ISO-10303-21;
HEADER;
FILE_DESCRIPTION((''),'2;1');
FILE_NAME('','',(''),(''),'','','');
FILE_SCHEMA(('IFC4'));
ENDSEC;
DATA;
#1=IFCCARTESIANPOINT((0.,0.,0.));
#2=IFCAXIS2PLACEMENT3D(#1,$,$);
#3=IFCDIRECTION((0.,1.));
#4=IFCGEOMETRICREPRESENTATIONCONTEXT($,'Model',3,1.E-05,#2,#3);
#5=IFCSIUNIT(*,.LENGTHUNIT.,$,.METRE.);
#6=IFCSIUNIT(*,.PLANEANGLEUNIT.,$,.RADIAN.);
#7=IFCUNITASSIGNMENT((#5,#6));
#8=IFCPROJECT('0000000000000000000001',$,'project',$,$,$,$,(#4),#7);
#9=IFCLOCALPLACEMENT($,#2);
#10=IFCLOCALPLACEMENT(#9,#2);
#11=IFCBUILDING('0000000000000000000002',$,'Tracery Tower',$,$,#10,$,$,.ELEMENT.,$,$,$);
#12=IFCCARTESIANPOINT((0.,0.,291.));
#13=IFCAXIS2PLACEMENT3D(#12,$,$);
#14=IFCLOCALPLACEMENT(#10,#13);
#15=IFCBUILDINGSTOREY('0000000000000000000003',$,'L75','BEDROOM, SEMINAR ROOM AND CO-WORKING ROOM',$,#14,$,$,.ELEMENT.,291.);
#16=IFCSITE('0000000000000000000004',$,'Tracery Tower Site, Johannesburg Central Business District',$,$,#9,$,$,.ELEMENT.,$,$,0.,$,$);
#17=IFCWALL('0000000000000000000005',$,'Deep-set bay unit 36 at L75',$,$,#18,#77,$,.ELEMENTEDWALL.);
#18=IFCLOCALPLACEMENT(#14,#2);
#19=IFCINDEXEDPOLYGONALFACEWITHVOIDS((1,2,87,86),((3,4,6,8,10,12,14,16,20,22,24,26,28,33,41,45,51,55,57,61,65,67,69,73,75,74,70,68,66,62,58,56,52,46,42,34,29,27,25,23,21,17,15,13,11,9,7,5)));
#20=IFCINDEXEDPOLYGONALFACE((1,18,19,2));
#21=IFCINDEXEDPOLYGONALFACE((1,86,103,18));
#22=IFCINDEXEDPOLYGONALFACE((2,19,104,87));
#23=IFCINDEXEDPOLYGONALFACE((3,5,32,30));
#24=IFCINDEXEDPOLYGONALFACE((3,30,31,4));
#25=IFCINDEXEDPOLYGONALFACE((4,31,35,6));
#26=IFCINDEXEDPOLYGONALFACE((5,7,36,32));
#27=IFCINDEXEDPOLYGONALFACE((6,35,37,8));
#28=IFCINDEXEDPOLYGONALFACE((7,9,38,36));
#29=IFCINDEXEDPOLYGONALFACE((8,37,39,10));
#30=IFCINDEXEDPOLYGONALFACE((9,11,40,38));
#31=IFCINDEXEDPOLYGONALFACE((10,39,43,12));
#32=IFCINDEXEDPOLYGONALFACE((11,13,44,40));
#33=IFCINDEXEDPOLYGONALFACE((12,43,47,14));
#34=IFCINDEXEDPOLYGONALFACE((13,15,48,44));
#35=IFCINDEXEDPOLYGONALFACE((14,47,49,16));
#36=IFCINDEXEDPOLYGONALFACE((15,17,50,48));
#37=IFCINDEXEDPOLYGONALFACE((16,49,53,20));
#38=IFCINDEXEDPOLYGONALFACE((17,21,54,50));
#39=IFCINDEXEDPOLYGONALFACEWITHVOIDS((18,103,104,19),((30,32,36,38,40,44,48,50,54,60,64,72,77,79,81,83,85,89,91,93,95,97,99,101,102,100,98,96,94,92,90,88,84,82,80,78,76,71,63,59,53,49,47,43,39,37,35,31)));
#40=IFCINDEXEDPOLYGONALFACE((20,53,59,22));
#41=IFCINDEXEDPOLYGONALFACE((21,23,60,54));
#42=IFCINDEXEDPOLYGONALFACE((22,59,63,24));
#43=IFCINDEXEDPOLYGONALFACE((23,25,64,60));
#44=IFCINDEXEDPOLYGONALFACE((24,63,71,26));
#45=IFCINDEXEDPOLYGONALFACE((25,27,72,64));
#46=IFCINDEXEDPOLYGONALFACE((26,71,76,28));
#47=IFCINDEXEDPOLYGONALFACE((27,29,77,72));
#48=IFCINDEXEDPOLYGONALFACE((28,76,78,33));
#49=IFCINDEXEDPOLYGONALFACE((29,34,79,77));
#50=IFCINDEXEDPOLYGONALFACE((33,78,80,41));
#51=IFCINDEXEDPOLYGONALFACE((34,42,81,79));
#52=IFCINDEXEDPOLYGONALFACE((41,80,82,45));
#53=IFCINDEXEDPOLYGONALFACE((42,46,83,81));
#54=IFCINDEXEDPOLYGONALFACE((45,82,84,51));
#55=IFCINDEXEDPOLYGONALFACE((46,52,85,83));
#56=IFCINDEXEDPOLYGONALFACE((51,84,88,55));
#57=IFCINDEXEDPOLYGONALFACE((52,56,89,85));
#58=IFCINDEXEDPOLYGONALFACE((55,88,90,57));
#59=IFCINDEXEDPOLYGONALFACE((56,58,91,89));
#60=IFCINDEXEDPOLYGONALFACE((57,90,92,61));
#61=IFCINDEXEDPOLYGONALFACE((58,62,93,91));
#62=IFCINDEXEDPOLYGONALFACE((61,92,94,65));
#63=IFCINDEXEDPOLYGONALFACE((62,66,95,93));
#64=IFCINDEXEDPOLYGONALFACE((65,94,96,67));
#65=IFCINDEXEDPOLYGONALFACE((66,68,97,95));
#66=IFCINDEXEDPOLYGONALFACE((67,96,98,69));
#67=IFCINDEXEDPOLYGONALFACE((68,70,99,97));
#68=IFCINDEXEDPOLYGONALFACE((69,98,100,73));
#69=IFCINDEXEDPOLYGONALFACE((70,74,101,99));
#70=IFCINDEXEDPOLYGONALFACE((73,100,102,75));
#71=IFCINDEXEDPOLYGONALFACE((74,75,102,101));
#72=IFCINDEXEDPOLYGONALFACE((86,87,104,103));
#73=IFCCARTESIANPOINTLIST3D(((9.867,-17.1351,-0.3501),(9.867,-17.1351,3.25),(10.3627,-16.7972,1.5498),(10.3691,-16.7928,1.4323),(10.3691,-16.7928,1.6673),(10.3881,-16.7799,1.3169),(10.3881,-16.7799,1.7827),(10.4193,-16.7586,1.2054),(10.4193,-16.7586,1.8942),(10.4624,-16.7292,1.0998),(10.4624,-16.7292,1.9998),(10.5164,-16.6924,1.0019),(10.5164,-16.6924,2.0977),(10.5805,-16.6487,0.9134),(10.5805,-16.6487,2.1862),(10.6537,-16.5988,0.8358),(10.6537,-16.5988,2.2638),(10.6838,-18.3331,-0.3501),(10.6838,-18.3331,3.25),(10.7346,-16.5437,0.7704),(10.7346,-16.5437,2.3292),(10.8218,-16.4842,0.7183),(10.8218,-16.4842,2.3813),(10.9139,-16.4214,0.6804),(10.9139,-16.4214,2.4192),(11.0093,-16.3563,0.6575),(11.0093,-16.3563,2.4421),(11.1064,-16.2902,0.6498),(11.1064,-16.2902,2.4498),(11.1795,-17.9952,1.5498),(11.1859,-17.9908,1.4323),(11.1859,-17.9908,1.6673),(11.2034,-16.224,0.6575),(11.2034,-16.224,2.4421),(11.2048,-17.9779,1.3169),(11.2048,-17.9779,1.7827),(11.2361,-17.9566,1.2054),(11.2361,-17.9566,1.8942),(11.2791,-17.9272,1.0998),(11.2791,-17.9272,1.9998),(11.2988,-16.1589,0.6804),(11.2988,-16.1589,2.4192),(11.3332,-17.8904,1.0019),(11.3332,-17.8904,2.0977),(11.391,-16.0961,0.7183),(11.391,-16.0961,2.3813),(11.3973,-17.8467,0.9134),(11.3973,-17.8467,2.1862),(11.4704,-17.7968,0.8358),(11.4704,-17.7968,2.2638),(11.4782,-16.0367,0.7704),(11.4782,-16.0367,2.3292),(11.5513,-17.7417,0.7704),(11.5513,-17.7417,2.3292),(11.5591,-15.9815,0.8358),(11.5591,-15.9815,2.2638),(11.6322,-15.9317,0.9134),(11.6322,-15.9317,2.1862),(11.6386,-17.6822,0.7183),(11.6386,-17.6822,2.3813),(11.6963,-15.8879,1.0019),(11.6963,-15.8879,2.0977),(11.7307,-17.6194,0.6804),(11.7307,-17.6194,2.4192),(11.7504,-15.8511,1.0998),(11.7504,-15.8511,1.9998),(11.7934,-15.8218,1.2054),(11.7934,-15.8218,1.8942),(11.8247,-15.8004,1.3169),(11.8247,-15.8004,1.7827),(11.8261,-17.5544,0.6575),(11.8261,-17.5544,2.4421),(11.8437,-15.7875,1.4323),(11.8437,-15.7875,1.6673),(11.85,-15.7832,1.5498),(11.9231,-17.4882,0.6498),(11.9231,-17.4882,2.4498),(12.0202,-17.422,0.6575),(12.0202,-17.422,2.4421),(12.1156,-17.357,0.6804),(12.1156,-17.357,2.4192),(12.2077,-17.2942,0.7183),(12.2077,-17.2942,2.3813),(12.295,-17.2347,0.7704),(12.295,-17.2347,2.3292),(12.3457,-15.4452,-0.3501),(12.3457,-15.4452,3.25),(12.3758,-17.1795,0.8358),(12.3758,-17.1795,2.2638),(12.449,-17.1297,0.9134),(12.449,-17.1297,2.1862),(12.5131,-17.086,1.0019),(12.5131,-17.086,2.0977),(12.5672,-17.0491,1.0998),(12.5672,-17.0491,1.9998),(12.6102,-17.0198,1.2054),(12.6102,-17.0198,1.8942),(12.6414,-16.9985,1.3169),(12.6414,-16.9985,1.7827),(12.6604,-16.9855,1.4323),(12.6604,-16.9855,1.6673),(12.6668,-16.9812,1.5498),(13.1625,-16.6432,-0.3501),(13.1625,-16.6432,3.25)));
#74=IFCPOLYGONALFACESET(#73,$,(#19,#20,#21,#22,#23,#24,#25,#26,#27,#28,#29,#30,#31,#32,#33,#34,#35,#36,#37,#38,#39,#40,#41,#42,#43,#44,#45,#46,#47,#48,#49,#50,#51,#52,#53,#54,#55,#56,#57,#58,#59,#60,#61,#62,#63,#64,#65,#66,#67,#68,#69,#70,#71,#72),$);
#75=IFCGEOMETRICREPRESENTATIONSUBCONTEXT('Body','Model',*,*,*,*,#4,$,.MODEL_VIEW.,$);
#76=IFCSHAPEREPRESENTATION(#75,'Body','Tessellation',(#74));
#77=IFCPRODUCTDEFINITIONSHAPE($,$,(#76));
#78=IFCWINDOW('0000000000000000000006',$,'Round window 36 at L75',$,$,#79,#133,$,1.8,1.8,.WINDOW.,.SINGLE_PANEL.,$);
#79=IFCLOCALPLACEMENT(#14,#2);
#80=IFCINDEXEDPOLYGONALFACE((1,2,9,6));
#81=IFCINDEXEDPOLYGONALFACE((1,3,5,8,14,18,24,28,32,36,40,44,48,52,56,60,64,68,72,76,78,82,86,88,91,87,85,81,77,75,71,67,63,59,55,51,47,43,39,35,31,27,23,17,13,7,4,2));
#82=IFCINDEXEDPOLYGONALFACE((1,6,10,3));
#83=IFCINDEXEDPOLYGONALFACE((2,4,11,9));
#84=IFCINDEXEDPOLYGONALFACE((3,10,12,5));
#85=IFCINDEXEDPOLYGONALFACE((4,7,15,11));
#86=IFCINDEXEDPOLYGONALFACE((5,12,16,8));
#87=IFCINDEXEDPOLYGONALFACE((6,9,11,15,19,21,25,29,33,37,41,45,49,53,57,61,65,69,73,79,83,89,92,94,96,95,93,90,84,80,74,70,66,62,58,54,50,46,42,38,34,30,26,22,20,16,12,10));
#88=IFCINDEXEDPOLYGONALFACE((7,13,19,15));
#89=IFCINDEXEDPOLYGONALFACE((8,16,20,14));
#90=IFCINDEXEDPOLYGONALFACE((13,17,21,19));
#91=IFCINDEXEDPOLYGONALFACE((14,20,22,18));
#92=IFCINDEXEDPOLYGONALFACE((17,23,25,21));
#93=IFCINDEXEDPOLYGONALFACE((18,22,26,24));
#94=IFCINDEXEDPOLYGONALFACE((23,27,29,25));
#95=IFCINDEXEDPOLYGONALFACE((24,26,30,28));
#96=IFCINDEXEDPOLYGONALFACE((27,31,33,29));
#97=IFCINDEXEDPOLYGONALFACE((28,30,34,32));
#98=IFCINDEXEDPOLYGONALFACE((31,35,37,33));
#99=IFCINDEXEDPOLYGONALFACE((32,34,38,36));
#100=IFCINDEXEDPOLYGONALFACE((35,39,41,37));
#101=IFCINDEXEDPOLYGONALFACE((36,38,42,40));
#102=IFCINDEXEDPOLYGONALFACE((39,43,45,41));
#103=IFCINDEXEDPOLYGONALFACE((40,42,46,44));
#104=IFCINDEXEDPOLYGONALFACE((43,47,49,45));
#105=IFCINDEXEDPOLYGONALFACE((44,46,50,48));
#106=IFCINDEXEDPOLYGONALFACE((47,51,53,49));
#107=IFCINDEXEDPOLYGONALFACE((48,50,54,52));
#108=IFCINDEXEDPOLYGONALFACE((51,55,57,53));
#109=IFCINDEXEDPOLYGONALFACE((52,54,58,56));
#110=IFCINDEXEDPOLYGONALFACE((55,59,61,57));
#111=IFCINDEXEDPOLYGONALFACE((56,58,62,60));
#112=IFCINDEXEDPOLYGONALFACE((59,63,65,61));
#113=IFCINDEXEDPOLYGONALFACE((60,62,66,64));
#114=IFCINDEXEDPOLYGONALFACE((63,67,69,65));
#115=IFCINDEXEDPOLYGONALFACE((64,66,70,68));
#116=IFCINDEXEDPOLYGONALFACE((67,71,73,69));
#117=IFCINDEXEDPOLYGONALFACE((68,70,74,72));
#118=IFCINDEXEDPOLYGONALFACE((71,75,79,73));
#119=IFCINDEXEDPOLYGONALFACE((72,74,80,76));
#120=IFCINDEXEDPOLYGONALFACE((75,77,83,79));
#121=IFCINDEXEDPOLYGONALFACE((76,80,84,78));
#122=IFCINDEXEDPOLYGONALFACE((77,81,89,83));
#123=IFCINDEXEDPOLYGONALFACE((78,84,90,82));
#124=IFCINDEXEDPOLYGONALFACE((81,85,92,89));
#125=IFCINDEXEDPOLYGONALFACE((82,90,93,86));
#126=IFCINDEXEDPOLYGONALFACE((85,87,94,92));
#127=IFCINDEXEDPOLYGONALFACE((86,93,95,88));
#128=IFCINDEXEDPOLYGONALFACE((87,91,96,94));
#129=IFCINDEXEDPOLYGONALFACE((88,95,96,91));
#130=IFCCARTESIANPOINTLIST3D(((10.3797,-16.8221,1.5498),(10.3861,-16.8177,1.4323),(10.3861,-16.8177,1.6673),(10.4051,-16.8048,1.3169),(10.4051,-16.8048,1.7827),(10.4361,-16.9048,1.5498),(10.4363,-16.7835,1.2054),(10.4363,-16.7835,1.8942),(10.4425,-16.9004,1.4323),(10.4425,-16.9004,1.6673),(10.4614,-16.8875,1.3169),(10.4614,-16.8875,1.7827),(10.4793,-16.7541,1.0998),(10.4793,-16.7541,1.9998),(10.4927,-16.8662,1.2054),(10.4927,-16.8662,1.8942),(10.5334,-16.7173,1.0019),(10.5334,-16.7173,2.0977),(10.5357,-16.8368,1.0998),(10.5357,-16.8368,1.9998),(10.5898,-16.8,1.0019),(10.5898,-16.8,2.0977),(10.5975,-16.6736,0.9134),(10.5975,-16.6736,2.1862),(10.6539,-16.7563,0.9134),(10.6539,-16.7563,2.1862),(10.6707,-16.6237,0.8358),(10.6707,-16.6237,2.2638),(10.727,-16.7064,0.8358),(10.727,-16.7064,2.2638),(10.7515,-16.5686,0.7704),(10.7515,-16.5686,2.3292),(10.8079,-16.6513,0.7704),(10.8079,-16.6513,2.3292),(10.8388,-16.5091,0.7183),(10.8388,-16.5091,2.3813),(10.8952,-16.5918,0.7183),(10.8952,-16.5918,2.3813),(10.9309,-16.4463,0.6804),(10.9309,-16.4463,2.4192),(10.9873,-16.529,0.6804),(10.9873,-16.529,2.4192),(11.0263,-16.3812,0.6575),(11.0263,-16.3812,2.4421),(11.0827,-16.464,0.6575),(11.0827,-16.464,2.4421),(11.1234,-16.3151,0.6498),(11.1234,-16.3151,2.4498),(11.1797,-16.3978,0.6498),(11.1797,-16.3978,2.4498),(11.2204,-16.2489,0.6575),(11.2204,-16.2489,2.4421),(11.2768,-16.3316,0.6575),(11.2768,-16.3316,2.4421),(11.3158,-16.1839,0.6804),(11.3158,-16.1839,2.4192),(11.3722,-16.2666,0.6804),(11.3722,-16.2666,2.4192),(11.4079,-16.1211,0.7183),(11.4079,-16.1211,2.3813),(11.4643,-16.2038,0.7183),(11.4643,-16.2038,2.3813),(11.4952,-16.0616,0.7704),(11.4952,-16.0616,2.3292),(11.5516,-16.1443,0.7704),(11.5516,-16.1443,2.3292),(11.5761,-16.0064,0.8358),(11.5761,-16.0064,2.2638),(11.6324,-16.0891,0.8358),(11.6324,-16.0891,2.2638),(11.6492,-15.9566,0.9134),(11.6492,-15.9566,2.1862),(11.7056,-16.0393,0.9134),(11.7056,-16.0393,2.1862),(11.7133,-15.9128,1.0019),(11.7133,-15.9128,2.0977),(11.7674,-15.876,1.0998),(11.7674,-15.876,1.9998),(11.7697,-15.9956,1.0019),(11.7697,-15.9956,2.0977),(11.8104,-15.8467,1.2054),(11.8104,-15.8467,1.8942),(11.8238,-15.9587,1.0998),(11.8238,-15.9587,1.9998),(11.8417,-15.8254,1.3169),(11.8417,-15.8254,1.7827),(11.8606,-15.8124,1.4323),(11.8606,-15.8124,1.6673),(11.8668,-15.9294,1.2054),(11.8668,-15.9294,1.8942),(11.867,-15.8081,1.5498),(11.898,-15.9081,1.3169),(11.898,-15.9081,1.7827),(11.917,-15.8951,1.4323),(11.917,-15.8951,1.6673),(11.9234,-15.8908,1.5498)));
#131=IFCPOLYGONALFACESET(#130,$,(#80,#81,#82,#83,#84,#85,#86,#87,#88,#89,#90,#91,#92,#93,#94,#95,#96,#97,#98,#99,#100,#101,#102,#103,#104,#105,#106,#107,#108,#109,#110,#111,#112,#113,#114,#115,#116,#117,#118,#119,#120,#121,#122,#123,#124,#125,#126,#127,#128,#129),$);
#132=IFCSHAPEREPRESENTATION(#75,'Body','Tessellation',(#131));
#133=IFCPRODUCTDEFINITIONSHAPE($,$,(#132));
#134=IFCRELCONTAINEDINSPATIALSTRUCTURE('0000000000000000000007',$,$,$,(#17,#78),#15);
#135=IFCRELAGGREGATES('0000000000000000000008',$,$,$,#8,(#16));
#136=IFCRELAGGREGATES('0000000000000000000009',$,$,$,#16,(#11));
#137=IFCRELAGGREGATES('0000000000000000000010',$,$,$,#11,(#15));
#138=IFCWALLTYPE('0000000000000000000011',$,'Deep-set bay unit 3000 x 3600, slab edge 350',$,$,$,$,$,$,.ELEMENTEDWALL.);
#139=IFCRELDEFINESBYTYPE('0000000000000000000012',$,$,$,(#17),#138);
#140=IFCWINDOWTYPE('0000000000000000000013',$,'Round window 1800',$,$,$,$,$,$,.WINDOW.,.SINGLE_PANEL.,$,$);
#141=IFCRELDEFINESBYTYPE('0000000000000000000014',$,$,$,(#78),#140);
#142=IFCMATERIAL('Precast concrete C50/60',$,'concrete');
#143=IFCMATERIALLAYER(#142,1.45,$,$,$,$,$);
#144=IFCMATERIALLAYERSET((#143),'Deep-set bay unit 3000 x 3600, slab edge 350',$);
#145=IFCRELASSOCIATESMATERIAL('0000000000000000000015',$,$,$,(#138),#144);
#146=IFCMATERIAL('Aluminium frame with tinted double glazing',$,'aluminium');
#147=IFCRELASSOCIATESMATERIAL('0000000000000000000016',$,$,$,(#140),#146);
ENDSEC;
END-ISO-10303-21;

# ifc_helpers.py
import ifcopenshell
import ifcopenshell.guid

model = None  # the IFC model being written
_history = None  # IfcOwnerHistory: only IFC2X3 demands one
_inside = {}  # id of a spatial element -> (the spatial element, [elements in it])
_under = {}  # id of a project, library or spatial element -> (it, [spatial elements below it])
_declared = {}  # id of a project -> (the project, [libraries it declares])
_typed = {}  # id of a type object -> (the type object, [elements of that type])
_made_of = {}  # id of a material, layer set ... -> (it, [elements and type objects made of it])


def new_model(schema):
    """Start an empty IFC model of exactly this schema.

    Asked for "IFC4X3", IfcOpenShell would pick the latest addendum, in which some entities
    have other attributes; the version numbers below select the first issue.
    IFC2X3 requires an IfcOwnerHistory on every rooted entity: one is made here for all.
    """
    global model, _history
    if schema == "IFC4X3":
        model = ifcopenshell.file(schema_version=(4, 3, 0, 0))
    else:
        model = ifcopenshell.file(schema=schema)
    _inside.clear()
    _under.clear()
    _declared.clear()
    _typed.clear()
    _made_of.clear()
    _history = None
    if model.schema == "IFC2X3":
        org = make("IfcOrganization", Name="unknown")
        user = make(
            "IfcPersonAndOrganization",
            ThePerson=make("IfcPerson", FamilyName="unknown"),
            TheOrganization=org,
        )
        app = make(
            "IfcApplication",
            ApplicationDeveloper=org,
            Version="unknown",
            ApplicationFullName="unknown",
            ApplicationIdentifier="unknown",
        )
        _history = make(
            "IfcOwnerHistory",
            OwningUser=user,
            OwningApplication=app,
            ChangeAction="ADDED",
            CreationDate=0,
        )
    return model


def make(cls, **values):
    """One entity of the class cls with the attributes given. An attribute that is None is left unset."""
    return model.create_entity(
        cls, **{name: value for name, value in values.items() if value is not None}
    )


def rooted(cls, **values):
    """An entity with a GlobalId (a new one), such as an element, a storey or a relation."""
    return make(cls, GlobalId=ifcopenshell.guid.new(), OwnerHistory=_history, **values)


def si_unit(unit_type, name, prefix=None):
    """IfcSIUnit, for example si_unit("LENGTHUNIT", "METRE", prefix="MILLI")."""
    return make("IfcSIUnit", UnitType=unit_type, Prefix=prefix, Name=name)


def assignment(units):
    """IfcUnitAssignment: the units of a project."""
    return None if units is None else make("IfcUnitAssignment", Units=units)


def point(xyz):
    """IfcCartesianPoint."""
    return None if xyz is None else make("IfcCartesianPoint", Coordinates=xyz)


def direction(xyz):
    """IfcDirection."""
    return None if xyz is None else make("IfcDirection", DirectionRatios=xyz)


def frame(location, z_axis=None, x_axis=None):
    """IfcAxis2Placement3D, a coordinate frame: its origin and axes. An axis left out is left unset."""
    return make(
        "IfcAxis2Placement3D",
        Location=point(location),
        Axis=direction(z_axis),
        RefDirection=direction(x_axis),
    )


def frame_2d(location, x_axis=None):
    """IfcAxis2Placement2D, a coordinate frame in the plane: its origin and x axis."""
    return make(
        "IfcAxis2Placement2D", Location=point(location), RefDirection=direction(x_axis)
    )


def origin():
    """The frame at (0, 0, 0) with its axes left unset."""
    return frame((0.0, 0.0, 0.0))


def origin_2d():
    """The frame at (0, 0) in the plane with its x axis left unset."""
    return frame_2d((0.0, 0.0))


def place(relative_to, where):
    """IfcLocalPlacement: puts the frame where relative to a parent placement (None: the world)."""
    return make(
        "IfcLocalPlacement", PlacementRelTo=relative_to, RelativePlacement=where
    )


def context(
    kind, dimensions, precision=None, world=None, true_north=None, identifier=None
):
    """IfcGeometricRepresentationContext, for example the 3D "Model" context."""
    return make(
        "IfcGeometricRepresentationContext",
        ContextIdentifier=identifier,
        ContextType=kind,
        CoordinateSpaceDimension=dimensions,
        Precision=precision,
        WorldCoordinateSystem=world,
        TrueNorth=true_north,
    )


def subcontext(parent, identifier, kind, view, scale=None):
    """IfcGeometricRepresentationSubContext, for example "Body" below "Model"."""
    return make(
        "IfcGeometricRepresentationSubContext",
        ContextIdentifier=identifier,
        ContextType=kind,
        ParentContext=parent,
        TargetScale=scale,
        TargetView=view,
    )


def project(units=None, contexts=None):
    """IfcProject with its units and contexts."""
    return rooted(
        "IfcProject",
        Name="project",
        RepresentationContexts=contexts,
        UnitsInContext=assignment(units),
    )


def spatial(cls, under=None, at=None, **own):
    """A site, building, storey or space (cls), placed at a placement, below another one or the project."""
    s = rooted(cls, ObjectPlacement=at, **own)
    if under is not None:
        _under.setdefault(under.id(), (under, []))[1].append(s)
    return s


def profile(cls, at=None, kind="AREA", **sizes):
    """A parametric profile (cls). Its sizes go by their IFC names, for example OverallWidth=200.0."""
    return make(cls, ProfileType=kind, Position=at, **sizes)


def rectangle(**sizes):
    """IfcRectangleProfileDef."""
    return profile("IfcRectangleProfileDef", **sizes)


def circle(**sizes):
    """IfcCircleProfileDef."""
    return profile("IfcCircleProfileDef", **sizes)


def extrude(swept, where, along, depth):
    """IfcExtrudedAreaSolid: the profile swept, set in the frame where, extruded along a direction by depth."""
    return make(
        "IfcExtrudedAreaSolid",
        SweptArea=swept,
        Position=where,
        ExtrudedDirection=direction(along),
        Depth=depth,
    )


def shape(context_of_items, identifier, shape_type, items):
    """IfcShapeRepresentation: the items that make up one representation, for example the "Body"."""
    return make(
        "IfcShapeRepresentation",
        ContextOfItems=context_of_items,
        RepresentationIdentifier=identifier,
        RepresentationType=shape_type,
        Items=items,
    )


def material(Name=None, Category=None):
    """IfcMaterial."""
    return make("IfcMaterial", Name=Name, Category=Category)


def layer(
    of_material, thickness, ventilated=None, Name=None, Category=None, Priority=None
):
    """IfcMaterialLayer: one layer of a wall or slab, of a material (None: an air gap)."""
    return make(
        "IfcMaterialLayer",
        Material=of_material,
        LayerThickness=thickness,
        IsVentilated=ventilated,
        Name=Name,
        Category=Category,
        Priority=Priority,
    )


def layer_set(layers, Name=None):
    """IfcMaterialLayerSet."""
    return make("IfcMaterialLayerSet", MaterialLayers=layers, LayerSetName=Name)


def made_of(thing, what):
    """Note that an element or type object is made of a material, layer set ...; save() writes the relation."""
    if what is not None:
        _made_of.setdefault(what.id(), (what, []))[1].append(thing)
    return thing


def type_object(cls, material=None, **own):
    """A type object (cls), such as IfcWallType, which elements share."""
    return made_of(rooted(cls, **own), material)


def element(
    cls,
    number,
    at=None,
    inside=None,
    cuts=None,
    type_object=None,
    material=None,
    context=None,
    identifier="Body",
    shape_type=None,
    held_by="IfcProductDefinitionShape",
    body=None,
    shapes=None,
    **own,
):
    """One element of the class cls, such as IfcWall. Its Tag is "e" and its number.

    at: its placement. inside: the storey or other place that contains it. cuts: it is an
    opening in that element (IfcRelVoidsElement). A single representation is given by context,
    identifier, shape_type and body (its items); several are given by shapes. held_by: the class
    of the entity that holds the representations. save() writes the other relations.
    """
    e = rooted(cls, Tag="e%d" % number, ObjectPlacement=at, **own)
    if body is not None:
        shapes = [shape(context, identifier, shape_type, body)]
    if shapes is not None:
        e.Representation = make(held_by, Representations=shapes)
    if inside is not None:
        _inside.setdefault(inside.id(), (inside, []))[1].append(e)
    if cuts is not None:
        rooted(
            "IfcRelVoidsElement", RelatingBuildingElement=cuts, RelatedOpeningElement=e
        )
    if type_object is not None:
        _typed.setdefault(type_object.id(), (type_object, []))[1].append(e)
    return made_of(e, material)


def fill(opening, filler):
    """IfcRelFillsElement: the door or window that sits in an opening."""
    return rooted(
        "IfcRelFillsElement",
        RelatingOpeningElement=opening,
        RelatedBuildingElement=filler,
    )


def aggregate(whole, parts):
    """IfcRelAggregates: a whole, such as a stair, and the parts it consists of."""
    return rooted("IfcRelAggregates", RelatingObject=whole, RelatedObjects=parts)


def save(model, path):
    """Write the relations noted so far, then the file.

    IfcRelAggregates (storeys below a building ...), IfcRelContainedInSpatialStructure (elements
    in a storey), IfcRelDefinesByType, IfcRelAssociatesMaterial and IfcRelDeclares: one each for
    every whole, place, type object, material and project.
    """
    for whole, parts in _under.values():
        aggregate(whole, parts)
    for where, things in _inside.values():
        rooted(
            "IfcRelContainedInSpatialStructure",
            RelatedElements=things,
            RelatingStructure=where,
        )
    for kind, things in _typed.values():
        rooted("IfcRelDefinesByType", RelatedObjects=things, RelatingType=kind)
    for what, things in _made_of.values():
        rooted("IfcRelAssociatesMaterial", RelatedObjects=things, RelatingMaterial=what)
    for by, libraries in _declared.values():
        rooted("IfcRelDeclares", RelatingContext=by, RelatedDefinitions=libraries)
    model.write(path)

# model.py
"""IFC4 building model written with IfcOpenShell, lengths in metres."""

from ifc_helpers import new_model, si_unit, direction, frame, frame_2d, origin, origin_2d, place, context, subcontext, project, spatial, rectangle, circle, extrude, material, layer, layer_set, type_object, element, fill, save


model = new_model("IFC4")

# Units and contexts
model_context = context("Model", 3, precision=1e-05, world=origin(), true_north=direction((0.0, 1.0)))
body_context = subcontext(model_context, "Body", "Model", "MODEL_VIEW")
ifc_project = project(units=[si_unit("LENGTHUNIT", "METRE"), si_unit("PLANEANGLEUNIT", "RADIAN")], contexts=[model_context])

# Site, building, storey
site_placement = place(None, origin())
site = spatial("IfcSite", under=ifc_project, at=site_placement, Name="Tracery Tower Site, Johannesburg Central Business District", CompositionType="ELEMENT", RefElevation=0.0)
building_placement = place(site_placement, origin())
building = spatial("IfcBuilding", under=site, at=building_placement, Name="Tracery Tower", CompositionType="ELEMENT")
storey_placement = place(building_placement, frame((0.0, 0.0, 291.0)))
storey = spatial("IfcBuildingStorey", under=building, at=storey_placement, Name="L75", Description="BEDROOM, SEMINAR ROOM AND CO-WORKING ROOM", CompositionType="ELEMENT", Elevation=291.0)

# Wall, opening, window
ifc_material_1 = material(Name="Precast concrete C50/60", Category="concrete")
ifc_layer_1 = layer(ifc_material_1, 1.45)
ifc_layer_set_1 = layer_set([ifc_layer_1], Name="Deep-set bay unit 3000 x 3600, slab edge 350")
wall_type_1 = type_object("IfcWallType", Name="Deep-set bay unit 3000 x 3600, slab edge 350", PredefinedType="ELEMENTEDWALL", material=ifc_layer_set_1)
wall_1_placement = place(storey_placement, frame((10.2754, -17.7341, -0.3501), z_axis=(0.0, 0.0, 1.0), x_axis=(0.826246, 0.563309, 0.0)))
wall_1 = element("IfcWall", 1, at=wall_1_placement, inside=storey, type_object=wall_type_1, Name="Deep-set bay unit 36 at L75", PredefinedType="ELEMENTEDWALL", context=body_context, shape_type="SweptSolid", body=[
    extrude(rectangle(XDim=3.0, YDim=1.45, at=frame_2d((1.5, 0.0))), origin(), (0.0, 0.0, 1.0), 3.6001),
])
opening_1_placement = place(wall_1_placement, frame((1.5, 0.0, 1.8999)))
opening_1 = element("IfcOpeningElement", 2, at=opening_1_placement, cuts=wall_1, PredefinedType="OPENING", context=body_context, shape_type="SweptSolid", body=[
    extrude(circle(Radius=0.9, at=origin_2d()), frame((0.0, 0.7349, 0.0), z_axis=(0.0, -1.0, 0.0), x_axis=(1.0, 0.0, 0.0)), (0.0, 0.0, 1.0), 1.47),
])
ifc_material_2 = material(Name="Aluminium frame with tinted double glazing", Category="aluminium")
window_type = type_object("IfcWindowType", Name="Round window 1800", PartitioningType="SINGLE_PANEL", PredefinedType="WINDOW", material=ifc_material_2)
window_1_placement = place(opening_1_placement, origin())
window_1 = element("IfcWindow", 3, at=window_1_placement, inside=storey, type_object=window_type, Name="Round window 36 at L75", OverallHeight=1.8, OverallWidth=1.8, PartitioningType="SINGLE_PANEL", PredefinedType="WINDOW", context=body_context, shape_type="SweptSolid", body=[
    extrude(circle(Radius=0.9, at=origin_2d()), frame((0.0, 0.6948, 0.0), z_axis=(0.0, -1.0, 0.0), x_axis=(1.0, 0.0, 0.0)), (0.0, 0.0, 1.0), 0.1001),
])
fill(opening_1, window_1)

save(model, "model.ifc")
